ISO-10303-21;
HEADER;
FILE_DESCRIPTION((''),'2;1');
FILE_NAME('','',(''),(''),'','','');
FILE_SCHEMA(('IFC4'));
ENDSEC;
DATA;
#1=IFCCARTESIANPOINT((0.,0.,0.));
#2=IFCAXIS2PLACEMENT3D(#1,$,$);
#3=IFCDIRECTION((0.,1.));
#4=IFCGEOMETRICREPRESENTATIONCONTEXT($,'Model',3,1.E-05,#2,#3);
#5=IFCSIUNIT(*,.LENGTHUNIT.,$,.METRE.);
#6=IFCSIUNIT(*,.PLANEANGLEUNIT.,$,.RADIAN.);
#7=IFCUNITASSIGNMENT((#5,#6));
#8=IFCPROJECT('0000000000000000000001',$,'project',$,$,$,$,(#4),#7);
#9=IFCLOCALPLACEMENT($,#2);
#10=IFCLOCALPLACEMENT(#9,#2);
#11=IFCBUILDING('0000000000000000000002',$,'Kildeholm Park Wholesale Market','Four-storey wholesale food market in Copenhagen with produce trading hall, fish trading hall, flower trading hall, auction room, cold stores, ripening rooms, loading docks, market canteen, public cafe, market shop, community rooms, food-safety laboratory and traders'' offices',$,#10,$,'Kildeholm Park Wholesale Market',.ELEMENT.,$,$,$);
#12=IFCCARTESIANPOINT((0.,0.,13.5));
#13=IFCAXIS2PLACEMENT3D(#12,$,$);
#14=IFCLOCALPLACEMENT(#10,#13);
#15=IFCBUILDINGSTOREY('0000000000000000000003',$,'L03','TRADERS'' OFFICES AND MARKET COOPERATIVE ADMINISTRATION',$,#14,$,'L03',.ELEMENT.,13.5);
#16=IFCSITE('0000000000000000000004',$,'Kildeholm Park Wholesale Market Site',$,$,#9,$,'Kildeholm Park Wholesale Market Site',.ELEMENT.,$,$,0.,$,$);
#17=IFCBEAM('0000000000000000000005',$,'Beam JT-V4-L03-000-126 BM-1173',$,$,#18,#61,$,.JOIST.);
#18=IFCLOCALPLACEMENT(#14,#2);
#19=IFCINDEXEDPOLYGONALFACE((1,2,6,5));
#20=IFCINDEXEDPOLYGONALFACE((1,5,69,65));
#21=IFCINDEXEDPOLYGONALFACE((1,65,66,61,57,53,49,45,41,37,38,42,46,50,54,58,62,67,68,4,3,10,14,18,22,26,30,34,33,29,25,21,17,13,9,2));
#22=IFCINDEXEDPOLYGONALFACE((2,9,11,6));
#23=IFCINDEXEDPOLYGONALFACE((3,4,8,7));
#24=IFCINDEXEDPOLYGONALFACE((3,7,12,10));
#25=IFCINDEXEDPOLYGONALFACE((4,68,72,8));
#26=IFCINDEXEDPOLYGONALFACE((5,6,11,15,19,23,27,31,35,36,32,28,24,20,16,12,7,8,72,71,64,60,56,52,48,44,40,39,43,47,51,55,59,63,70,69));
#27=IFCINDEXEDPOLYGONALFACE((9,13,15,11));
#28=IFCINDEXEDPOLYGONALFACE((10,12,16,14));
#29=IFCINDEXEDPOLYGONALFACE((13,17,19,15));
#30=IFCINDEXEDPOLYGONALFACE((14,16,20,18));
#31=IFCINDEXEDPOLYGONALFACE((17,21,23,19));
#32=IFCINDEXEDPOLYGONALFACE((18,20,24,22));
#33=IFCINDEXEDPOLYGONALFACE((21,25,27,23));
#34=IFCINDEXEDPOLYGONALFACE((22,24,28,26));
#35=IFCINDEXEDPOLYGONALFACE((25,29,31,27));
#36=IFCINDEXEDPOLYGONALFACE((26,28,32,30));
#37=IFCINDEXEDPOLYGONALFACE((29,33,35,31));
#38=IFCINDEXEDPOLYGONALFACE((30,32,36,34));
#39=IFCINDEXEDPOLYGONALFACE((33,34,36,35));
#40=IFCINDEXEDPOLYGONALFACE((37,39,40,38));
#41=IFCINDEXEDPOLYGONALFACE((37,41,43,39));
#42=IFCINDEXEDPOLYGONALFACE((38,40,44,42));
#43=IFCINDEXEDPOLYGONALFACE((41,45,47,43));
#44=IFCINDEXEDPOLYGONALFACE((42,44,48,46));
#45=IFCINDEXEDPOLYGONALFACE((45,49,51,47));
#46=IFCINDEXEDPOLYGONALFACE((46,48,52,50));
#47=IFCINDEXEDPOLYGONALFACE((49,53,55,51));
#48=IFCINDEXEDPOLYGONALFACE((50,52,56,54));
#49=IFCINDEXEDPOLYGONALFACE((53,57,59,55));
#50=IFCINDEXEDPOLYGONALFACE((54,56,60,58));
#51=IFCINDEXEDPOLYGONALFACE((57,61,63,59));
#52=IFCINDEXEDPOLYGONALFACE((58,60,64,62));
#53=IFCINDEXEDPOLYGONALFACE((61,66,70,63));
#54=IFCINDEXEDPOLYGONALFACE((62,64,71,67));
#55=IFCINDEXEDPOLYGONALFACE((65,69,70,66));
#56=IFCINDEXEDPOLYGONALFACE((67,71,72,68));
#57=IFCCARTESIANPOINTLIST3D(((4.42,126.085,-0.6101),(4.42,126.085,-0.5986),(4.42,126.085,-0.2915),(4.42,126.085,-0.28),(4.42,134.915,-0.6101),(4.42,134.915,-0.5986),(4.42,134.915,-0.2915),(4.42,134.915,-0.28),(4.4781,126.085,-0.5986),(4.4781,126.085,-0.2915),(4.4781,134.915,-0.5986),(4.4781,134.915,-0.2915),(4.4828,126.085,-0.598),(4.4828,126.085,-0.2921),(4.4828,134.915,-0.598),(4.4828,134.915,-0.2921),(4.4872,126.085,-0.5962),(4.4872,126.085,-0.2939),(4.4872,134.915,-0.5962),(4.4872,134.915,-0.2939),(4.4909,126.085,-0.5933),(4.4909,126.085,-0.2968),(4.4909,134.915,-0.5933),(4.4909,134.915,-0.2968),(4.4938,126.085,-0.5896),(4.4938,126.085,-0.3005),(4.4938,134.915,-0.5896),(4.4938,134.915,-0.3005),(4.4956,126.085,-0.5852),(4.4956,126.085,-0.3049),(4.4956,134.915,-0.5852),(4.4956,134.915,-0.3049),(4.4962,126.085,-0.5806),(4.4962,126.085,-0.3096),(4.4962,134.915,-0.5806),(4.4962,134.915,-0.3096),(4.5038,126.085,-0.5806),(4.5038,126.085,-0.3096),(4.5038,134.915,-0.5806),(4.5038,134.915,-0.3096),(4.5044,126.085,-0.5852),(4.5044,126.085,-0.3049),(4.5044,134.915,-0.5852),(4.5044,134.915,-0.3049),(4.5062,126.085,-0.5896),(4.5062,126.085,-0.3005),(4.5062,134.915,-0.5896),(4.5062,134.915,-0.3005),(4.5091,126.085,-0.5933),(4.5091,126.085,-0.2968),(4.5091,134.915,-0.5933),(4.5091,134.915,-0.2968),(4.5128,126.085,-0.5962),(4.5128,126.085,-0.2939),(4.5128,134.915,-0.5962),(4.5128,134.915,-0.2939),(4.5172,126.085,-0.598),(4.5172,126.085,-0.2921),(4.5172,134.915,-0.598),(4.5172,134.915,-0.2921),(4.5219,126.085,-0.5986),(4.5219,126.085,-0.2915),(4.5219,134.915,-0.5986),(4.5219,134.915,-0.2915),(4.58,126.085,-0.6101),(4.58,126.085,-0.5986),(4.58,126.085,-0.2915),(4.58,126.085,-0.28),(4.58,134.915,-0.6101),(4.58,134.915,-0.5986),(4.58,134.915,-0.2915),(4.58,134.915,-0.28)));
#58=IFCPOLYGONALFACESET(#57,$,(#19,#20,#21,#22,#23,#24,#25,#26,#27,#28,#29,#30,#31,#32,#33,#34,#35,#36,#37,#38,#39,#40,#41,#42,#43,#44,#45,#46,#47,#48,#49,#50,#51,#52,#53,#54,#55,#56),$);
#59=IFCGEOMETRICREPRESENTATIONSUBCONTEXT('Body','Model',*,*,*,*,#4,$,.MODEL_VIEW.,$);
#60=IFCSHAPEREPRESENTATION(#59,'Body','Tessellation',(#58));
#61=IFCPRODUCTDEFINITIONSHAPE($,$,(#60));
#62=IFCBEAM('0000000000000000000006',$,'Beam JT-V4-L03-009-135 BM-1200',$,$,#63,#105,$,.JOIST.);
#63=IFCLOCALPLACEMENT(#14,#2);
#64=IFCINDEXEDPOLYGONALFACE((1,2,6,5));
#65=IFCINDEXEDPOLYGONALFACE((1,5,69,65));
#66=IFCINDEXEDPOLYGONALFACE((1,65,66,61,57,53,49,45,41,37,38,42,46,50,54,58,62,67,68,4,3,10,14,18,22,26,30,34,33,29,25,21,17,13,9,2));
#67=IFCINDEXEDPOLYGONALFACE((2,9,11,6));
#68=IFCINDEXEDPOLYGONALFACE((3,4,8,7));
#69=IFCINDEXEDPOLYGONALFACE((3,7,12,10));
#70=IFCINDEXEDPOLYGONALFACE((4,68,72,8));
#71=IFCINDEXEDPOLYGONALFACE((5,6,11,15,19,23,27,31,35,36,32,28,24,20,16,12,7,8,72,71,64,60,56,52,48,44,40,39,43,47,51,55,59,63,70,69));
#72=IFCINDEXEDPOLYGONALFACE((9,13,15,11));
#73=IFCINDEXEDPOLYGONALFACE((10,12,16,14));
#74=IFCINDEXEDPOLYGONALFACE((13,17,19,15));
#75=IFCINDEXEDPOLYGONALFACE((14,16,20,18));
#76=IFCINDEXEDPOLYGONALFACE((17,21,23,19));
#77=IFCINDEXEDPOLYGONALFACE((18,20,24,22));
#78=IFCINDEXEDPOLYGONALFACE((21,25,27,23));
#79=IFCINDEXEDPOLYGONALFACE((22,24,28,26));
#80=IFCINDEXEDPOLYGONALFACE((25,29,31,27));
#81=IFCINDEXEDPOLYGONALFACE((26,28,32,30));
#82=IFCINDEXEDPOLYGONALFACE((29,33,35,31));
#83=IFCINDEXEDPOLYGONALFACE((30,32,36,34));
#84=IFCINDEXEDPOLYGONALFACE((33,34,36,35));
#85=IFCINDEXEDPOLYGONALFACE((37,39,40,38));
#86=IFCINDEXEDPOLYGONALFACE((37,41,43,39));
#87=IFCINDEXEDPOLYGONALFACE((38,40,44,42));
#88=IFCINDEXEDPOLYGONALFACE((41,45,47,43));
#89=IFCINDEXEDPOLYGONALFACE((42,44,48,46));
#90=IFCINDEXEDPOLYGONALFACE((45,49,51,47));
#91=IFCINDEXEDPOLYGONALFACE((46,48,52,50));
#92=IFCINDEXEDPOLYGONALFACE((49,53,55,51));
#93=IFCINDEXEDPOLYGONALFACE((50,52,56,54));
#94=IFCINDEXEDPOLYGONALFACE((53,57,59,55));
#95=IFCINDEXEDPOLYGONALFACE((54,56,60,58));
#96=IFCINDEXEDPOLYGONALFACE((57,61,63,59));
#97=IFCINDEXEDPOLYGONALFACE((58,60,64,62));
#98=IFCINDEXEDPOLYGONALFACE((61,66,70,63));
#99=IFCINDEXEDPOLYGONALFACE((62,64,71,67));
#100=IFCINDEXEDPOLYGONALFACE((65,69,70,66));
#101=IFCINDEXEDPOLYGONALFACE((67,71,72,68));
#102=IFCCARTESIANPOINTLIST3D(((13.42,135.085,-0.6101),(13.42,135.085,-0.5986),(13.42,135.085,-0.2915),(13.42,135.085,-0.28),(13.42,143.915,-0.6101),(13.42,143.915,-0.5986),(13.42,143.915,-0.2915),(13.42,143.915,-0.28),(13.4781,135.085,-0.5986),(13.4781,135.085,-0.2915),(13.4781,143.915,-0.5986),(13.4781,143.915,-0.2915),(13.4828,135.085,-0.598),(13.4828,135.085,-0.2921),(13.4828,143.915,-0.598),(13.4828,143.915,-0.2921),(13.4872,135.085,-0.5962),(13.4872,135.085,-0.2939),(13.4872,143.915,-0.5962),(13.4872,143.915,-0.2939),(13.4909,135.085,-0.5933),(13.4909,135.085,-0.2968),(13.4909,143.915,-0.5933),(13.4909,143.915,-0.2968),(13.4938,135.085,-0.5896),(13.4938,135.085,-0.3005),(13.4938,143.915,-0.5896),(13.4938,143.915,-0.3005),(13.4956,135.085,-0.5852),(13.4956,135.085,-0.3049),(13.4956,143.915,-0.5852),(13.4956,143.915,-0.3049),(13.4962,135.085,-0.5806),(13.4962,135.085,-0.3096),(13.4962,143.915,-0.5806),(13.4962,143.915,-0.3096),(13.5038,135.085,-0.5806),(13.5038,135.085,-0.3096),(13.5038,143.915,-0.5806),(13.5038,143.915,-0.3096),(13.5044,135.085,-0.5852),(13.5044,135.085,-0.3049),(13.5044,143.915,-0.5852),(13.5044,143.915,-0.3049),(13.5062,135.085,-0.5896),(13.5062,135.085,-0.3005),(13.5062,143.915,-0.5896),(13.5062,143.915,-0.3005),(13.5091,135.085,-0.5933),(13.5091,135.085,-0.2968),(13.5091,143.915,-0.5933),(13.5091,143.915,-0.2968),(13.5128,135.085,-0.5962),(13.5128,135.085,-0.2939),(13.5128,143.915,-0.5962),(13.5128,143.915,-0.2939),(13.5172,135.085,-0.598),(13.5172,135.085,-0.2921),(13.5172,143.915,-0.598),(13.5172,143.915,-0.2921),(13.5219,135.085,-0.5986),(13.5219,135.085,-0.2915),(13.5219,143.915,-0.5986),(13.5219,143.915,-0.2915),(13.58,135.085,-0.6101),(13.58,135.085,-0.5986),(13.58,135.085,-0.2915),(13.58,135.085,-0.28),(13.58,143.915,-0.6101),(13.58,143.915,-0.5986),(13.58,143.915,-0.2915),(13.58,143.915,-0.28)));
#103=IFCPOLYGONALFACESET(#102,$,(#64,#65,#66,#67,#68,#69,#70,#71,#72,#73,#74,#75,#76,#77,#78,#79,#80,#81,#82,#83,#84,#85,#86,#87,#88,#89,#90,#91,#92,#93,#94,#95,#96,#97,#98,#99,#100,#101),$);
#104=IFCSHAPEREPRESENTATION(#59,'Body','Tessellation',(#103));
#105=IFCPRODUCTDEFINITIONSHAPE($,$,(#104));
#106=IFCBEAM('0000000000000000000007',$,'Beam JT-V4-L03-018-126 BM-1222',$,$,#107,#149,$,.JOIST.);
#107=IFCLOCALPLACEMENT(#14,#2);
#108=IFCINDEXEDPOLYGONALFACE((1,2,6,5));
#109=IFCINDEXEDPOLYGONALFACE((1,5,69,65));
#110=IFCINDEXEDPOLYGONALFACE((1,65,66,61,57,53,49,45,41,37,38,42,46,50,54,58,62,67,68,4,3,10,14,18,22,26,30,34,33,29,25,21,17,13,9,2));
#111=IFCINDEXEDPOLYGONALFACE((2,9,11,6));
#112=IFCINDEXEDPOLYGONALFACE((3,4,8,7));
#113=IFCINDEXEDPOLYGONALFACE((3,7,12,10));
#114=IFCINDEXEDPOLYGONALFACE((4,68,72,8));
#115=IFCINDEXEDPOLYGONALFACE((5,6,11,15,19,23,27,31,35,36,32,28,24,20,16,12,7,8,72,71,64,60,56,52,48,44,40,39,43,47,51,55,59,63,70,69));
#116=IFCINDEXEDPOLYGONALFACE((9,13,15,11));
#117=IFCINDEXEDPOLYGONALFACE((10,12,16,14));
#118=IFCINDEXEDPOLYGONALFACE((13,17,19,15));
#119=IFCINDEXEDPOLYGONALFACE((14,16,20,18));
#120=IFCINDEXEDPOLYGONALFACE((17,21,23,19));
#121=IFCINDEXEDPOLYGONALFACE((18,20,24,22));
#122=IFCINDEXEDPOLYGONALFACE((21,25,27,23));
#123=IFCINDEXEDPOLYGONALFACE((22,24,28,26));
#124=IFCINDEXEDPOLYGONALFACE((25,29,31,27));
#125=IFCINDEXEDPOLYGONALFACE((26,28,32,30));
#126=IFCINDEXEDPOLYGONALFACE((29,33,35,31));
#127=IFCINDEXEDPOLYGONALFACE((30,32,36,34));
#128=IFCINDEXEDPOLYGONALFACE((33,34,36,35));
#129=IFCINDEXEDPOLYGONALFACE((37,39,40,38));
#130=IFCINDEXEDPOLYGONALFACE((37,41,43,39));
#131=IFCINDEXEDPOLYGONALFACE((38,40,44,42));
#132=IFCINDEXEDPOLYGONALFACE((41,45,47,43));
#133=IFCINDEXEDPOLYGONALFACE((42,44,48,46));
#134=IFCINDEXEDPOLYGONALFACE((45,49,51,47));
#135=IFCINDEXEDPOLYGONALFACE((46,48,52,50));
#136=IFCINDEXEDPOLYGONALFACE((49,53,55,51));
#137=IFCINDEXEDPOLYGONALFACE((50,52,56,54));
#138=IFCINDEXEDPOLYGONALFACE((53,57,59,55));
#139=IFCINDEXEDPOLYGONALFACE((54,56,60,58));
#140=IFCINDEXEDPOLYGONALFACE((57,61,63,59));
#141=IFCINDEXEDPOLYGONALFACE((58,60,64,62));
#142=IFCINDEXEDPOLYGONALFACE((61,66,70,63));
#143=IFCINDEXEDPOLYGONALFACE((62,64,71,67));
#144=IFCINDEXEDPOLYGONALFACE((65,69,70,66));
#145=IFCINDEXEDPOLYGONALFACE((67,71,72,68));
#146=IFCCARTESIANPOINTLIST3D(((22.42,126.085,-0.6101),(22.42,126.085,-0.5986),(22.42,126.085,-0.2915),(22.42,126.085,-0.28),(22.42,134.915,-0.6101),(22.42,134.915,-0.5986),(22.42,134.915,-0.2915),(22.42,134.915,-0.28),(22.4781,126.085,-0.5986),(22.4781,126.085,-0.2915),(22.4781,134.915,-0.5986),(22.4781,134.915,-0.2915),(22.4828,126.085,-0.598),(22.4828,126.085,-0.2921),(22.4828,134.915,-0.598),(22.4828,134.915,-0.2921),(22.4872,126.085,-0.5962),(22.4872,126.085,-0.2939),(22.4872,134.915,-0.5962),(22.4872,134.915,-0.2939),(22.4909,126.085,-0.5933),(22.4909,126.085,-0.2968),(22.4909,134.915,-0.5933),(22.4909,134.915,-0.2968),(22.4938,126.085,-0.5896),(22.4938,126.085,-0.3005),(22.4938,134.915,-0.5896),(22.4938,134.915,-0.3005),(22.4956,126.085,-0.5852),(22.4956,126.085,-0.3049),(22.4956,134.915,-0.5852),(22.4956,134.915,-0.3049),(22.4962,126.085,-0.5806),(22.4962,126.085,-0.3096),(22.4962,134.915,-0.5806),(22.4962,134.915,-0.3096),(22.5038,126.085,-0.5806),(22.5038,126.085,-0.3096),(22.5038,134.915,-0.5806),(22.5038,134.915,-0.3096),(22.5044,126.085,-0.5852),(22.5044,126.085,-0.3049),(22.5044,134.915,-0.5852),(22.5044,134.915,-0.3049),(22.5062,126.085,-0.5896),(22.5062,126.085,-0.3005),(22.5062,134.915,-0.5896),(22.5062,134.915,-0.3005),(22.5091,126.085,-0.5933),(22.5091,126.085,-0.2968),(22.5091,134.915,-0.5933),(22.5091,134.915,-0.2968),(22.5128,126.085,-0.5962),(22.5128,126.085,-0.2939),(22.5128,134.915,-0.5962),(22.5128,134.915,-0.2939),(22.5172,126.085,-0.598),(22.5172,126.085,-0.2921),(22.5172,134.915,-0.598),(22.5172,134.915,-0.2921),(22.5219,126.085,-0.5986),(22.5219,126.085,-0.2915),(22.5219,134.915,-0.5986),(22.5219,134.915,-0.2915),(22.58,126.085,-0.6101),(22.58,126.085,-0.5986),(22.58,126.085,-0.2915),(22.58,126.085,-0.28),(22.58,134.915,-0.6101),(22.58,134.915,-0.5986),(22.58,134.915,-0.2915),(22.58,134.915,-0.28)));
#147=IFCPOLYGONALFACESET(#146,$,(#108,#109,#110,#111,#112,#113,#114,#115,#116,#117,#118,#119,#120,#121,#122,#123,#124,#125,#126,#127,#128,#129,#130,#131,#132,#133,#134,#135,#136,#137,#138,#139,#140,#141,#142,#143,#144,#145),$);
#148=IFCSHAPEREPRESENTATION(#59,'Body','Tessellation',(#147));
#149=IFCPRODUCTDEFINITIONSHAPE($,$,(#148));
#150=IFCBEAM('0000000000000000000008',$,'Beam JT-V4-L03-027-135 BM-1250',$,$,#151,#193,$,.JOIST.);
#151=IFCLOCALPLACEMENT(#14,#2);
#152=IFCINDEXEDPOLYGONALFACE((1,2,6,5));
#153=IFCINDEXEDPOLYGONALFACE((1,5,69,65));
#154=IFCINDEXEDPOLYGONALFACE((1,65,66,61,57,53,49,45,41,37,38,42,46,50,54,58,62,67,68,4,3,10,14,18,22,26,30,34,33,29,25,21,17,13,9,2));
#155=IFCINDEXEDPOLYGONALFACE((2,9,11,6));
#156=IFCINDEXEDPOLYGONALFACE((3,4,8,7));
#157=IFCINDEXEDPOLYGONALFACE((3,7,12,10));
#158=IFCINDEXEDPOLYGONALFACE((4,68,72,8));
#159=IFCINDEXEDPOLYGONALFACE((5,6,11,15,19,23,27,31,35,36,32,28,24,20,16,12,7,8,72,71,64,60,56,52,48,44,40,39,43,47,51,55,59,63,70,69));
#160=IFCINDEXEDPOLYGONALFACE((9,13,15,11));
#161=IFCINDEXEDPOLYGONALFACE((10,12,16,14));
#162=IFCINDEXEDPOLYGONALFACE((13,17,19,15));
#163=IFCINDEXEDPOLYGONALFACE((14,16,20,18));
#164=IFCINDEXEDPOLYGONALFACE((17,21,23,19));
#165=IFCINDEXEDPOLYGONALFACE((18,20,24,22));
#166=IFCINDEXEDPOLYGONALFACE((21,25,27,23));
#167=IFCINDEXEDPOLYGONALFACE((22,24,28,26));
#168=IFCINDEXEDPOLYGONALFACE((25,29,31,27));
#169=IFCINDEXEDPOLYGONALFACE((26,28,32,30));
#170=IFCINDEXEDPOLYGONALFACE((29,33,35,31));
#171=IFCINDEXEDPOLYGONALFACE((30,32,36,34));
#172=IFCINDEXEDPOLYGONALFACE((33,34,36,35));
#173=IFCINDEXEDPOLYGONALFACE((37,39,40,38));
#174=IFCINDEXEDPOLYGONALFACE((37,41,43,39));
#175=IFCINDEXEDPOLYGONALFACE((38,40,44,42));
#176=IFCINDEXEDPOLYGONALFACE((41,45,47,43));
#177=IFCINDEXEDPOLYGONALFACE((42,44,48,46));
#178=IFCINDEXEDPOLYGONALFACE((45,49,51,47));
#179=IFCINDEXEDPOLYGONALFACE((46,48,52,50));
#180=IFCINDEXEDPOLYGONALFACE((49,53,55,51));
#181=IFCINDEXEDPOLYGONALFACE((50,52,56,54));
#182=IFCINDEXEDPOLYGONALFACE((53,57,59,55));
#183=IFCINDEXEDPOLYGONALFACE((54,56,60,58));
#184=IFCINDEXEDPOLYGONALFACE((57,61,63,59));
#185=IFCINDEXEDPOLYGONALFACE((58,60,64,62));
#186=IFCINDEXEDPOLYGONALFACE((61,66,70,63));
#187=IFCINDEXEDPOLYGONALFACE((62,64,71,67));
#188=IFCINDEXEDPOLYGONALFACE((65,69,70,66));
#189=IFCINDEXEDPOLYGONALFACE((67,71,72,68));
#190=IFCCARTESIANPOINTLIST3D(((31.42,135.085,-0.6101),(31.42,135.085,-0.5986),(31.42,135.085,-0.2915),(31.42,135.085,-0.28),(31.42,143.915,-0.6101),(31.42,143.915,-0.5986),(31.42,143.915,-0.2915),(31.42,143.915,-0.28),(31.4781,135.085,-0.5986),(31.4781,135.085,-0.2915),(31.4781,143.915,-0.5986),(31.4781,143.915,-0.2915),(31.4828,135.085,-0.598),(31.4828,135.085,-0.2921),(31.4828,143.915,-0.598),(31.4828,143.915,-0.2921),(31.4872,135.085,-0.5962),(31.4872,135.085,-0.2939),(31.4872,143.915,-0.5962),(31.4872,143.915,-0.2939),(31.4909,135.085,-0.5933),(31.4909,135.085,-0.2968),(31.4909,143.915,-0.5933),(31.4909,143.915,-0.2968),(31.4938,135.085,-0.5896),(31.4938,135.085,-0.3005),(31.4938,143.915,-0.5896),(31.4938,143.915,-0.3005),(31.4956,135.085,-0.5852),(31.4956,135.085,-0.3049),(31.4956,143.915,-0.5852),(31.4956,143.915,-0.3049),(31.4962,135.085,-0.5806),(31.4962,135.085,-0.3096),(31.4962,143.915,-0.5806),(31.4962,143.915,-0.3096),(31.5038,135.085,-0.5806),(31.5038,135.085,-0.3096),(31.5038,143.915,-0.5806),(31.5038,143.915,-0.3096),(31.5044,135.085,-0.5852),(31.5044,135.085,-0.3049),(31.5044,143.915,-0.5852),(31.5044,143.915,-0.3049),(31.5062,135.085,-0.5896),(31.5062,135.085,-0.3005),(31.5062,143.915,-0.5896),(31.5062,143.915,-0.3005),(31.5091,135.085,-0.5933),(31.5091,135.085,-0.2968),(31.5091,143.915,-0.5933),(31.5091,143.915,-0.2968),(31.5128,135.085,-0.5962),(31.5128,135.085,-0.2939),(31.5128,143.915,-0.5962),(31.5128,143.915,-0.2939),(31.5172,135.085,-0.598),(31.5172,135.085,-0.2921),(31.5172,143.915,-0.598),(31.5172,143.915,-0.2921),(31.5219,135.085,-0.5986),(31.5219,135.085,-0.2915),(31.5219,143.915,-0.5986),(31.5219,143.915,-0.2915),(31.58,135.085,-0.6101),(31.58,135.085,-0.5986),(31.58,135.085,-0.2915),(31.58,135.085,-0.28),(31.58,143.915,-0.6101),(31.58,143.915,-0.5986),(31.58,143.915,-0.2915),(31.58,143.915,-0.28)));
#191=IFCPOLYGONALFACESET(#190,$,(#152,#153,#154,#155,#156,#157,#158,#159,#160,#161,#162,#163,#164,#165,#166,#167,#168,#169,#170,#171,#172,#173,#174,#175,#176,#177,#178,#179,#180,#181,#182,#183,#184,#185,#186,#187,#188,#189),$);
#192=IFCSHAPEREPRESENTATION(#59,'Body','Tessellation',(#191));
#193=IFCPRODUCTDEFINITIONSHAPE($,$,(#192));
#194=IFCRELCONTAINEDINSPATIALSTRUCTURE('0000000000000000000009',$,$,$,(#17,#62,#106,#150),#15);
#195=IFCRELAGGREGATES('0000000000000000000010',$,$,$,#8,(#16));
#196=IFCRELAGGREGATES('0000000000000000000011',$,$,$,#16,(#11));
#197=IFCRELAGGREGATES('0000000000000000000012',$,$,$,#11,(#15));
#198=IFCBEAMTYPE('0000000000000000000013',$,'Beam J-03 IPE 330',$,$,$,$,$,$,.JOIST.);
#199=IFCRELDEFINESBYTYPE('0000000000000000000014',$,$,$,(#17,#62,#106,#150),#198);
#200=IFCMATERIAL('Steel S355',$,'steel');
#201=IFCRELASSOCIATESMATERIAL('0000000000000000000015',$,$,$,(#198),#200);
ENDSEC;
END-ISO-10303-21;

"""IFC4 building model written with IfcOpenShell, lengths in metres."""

from ifc_helpers import new_model, si_unit, direction, frame, origin, origin_2d, place, context, subcontext, project, spatial, i_section, extrude, material, material_profile, profile_set, type_object, element, save


model = new_model("IFC4")

# Units and contexts
model_context = context("Model", 3, precision=1e-05, world=origin(), true_north=direction((0.0, 1.0)))
body_context = subcontext(model_context, "Body", "Model", "MODEL_VIEW")
ifc_project = project(units=[si_unit("LENGTHUNIT", "METRE"), si_unit("PLANEANGLEUNIT", "RADIAN")], contexts=[model_context])

# Site, building, storey
site_placement = place(None, origin())
site = spatial("IfcSite", under=ifc_project, at=site_placement, Name="Kildeholm Park Wholesale Market Site", LongName="Kildeholm Park Wholesale Market Site", CompositionType="ELEMENT", RefElevation=0.0)
building_placement = place(site_placement, origin())
building = spatial("IfcBuilding", under=site, at=building_placement, Name="Kildeholm Park Wholesale Market", Description="Four-storey wholesale food market in Copenhagen with produce trading hall, fish trading hall, flower trading hall, auction room, cold stores, ripening rooms, loading docks, market canteen, public cafe, market shop, community rooms, food-safety laboratory and traders' offices", LongName="Kildeholm Park Wholesale Market", CompositionType="ELEMENT")
storey_placement = place(building_placement, frame((0.0, 0.0, 13.5)))
storey = spatial("IfcBuildingStorey", under=building, at=storey_placement, Name="L03", Description="TRADERS' OFFICES AND MARKET COOPERATIVE ADMINISTRATION", LongName="L03", CompositionType="ELEMENT", Elevation=13.5)

# Beams
ifc_material = material(Name="Steel S355", Category="steel")
ifc_material_profile_1 = material_profile(ifc_material, i_section(OverallWidth=0.1599, OverallDepth=0.3301, WebThickness=0.0076, FlangeThickness=0.0115, FilletRadius=0.0181, at=origin_2d()), Name="IPE 330")
ifc_profile_set_1 = profile_set([ifc_material_profile_1], Name="Steel S355")
beam_type_1 = type_object("IfcBeamType", Name="Beam J-03 IPE 330", PredefinedType="JOIST", material=ifc_profile_set_1)
for number, where, z_axis, x_axis, name in (
    (1, (4.5, 126.085, -0.4451), (0.0, 1.0, 0.0), (-1.0, 0.0, 0.0), "Beam JT-V4-L03-000-126 BM-1173"),
    (2, (13.5, 135.085, -0.4451), (0.0, 1.0, 0.0), (-1.0, 0.0, 0.0), "Beam JT-V4-L03-009-135 BM-1200"),
    (3, (22.5, 126.085, -0.4451), (0.0, 1.0, 0.0), (-1.0, 0.0, 0.0), "Beam JT-V4-L03-018-126 BM-1222"),
    (4, (31.5, 135.085, -0.4451), (0.0, 1.0, 0.0), (-1.0, 0.0, 0.0), "Beam JT-V4-L03-027-135 BM-1250"),
):
    element("IfcBeam", number, at=place(storey_placement, frame(where, z_axis=z_axis, x_axis=x_axis)), inside=storey, type_object=beam_type_1, Name=name, PredefinedType="JOIST", context=body_context, shape_type="SweptSolid", body=[
        extrude(i_section(OverallWidth=0.1599, OverallDepth=0.3301, WebThickness=0.0076, FlangeThickness=0.0115, FilletRadius=0.0181, at=origin_2d()), origin(), (0.0, 0.0, 1.0), 8.8301),
    ])

save(model, "model.ifc")
